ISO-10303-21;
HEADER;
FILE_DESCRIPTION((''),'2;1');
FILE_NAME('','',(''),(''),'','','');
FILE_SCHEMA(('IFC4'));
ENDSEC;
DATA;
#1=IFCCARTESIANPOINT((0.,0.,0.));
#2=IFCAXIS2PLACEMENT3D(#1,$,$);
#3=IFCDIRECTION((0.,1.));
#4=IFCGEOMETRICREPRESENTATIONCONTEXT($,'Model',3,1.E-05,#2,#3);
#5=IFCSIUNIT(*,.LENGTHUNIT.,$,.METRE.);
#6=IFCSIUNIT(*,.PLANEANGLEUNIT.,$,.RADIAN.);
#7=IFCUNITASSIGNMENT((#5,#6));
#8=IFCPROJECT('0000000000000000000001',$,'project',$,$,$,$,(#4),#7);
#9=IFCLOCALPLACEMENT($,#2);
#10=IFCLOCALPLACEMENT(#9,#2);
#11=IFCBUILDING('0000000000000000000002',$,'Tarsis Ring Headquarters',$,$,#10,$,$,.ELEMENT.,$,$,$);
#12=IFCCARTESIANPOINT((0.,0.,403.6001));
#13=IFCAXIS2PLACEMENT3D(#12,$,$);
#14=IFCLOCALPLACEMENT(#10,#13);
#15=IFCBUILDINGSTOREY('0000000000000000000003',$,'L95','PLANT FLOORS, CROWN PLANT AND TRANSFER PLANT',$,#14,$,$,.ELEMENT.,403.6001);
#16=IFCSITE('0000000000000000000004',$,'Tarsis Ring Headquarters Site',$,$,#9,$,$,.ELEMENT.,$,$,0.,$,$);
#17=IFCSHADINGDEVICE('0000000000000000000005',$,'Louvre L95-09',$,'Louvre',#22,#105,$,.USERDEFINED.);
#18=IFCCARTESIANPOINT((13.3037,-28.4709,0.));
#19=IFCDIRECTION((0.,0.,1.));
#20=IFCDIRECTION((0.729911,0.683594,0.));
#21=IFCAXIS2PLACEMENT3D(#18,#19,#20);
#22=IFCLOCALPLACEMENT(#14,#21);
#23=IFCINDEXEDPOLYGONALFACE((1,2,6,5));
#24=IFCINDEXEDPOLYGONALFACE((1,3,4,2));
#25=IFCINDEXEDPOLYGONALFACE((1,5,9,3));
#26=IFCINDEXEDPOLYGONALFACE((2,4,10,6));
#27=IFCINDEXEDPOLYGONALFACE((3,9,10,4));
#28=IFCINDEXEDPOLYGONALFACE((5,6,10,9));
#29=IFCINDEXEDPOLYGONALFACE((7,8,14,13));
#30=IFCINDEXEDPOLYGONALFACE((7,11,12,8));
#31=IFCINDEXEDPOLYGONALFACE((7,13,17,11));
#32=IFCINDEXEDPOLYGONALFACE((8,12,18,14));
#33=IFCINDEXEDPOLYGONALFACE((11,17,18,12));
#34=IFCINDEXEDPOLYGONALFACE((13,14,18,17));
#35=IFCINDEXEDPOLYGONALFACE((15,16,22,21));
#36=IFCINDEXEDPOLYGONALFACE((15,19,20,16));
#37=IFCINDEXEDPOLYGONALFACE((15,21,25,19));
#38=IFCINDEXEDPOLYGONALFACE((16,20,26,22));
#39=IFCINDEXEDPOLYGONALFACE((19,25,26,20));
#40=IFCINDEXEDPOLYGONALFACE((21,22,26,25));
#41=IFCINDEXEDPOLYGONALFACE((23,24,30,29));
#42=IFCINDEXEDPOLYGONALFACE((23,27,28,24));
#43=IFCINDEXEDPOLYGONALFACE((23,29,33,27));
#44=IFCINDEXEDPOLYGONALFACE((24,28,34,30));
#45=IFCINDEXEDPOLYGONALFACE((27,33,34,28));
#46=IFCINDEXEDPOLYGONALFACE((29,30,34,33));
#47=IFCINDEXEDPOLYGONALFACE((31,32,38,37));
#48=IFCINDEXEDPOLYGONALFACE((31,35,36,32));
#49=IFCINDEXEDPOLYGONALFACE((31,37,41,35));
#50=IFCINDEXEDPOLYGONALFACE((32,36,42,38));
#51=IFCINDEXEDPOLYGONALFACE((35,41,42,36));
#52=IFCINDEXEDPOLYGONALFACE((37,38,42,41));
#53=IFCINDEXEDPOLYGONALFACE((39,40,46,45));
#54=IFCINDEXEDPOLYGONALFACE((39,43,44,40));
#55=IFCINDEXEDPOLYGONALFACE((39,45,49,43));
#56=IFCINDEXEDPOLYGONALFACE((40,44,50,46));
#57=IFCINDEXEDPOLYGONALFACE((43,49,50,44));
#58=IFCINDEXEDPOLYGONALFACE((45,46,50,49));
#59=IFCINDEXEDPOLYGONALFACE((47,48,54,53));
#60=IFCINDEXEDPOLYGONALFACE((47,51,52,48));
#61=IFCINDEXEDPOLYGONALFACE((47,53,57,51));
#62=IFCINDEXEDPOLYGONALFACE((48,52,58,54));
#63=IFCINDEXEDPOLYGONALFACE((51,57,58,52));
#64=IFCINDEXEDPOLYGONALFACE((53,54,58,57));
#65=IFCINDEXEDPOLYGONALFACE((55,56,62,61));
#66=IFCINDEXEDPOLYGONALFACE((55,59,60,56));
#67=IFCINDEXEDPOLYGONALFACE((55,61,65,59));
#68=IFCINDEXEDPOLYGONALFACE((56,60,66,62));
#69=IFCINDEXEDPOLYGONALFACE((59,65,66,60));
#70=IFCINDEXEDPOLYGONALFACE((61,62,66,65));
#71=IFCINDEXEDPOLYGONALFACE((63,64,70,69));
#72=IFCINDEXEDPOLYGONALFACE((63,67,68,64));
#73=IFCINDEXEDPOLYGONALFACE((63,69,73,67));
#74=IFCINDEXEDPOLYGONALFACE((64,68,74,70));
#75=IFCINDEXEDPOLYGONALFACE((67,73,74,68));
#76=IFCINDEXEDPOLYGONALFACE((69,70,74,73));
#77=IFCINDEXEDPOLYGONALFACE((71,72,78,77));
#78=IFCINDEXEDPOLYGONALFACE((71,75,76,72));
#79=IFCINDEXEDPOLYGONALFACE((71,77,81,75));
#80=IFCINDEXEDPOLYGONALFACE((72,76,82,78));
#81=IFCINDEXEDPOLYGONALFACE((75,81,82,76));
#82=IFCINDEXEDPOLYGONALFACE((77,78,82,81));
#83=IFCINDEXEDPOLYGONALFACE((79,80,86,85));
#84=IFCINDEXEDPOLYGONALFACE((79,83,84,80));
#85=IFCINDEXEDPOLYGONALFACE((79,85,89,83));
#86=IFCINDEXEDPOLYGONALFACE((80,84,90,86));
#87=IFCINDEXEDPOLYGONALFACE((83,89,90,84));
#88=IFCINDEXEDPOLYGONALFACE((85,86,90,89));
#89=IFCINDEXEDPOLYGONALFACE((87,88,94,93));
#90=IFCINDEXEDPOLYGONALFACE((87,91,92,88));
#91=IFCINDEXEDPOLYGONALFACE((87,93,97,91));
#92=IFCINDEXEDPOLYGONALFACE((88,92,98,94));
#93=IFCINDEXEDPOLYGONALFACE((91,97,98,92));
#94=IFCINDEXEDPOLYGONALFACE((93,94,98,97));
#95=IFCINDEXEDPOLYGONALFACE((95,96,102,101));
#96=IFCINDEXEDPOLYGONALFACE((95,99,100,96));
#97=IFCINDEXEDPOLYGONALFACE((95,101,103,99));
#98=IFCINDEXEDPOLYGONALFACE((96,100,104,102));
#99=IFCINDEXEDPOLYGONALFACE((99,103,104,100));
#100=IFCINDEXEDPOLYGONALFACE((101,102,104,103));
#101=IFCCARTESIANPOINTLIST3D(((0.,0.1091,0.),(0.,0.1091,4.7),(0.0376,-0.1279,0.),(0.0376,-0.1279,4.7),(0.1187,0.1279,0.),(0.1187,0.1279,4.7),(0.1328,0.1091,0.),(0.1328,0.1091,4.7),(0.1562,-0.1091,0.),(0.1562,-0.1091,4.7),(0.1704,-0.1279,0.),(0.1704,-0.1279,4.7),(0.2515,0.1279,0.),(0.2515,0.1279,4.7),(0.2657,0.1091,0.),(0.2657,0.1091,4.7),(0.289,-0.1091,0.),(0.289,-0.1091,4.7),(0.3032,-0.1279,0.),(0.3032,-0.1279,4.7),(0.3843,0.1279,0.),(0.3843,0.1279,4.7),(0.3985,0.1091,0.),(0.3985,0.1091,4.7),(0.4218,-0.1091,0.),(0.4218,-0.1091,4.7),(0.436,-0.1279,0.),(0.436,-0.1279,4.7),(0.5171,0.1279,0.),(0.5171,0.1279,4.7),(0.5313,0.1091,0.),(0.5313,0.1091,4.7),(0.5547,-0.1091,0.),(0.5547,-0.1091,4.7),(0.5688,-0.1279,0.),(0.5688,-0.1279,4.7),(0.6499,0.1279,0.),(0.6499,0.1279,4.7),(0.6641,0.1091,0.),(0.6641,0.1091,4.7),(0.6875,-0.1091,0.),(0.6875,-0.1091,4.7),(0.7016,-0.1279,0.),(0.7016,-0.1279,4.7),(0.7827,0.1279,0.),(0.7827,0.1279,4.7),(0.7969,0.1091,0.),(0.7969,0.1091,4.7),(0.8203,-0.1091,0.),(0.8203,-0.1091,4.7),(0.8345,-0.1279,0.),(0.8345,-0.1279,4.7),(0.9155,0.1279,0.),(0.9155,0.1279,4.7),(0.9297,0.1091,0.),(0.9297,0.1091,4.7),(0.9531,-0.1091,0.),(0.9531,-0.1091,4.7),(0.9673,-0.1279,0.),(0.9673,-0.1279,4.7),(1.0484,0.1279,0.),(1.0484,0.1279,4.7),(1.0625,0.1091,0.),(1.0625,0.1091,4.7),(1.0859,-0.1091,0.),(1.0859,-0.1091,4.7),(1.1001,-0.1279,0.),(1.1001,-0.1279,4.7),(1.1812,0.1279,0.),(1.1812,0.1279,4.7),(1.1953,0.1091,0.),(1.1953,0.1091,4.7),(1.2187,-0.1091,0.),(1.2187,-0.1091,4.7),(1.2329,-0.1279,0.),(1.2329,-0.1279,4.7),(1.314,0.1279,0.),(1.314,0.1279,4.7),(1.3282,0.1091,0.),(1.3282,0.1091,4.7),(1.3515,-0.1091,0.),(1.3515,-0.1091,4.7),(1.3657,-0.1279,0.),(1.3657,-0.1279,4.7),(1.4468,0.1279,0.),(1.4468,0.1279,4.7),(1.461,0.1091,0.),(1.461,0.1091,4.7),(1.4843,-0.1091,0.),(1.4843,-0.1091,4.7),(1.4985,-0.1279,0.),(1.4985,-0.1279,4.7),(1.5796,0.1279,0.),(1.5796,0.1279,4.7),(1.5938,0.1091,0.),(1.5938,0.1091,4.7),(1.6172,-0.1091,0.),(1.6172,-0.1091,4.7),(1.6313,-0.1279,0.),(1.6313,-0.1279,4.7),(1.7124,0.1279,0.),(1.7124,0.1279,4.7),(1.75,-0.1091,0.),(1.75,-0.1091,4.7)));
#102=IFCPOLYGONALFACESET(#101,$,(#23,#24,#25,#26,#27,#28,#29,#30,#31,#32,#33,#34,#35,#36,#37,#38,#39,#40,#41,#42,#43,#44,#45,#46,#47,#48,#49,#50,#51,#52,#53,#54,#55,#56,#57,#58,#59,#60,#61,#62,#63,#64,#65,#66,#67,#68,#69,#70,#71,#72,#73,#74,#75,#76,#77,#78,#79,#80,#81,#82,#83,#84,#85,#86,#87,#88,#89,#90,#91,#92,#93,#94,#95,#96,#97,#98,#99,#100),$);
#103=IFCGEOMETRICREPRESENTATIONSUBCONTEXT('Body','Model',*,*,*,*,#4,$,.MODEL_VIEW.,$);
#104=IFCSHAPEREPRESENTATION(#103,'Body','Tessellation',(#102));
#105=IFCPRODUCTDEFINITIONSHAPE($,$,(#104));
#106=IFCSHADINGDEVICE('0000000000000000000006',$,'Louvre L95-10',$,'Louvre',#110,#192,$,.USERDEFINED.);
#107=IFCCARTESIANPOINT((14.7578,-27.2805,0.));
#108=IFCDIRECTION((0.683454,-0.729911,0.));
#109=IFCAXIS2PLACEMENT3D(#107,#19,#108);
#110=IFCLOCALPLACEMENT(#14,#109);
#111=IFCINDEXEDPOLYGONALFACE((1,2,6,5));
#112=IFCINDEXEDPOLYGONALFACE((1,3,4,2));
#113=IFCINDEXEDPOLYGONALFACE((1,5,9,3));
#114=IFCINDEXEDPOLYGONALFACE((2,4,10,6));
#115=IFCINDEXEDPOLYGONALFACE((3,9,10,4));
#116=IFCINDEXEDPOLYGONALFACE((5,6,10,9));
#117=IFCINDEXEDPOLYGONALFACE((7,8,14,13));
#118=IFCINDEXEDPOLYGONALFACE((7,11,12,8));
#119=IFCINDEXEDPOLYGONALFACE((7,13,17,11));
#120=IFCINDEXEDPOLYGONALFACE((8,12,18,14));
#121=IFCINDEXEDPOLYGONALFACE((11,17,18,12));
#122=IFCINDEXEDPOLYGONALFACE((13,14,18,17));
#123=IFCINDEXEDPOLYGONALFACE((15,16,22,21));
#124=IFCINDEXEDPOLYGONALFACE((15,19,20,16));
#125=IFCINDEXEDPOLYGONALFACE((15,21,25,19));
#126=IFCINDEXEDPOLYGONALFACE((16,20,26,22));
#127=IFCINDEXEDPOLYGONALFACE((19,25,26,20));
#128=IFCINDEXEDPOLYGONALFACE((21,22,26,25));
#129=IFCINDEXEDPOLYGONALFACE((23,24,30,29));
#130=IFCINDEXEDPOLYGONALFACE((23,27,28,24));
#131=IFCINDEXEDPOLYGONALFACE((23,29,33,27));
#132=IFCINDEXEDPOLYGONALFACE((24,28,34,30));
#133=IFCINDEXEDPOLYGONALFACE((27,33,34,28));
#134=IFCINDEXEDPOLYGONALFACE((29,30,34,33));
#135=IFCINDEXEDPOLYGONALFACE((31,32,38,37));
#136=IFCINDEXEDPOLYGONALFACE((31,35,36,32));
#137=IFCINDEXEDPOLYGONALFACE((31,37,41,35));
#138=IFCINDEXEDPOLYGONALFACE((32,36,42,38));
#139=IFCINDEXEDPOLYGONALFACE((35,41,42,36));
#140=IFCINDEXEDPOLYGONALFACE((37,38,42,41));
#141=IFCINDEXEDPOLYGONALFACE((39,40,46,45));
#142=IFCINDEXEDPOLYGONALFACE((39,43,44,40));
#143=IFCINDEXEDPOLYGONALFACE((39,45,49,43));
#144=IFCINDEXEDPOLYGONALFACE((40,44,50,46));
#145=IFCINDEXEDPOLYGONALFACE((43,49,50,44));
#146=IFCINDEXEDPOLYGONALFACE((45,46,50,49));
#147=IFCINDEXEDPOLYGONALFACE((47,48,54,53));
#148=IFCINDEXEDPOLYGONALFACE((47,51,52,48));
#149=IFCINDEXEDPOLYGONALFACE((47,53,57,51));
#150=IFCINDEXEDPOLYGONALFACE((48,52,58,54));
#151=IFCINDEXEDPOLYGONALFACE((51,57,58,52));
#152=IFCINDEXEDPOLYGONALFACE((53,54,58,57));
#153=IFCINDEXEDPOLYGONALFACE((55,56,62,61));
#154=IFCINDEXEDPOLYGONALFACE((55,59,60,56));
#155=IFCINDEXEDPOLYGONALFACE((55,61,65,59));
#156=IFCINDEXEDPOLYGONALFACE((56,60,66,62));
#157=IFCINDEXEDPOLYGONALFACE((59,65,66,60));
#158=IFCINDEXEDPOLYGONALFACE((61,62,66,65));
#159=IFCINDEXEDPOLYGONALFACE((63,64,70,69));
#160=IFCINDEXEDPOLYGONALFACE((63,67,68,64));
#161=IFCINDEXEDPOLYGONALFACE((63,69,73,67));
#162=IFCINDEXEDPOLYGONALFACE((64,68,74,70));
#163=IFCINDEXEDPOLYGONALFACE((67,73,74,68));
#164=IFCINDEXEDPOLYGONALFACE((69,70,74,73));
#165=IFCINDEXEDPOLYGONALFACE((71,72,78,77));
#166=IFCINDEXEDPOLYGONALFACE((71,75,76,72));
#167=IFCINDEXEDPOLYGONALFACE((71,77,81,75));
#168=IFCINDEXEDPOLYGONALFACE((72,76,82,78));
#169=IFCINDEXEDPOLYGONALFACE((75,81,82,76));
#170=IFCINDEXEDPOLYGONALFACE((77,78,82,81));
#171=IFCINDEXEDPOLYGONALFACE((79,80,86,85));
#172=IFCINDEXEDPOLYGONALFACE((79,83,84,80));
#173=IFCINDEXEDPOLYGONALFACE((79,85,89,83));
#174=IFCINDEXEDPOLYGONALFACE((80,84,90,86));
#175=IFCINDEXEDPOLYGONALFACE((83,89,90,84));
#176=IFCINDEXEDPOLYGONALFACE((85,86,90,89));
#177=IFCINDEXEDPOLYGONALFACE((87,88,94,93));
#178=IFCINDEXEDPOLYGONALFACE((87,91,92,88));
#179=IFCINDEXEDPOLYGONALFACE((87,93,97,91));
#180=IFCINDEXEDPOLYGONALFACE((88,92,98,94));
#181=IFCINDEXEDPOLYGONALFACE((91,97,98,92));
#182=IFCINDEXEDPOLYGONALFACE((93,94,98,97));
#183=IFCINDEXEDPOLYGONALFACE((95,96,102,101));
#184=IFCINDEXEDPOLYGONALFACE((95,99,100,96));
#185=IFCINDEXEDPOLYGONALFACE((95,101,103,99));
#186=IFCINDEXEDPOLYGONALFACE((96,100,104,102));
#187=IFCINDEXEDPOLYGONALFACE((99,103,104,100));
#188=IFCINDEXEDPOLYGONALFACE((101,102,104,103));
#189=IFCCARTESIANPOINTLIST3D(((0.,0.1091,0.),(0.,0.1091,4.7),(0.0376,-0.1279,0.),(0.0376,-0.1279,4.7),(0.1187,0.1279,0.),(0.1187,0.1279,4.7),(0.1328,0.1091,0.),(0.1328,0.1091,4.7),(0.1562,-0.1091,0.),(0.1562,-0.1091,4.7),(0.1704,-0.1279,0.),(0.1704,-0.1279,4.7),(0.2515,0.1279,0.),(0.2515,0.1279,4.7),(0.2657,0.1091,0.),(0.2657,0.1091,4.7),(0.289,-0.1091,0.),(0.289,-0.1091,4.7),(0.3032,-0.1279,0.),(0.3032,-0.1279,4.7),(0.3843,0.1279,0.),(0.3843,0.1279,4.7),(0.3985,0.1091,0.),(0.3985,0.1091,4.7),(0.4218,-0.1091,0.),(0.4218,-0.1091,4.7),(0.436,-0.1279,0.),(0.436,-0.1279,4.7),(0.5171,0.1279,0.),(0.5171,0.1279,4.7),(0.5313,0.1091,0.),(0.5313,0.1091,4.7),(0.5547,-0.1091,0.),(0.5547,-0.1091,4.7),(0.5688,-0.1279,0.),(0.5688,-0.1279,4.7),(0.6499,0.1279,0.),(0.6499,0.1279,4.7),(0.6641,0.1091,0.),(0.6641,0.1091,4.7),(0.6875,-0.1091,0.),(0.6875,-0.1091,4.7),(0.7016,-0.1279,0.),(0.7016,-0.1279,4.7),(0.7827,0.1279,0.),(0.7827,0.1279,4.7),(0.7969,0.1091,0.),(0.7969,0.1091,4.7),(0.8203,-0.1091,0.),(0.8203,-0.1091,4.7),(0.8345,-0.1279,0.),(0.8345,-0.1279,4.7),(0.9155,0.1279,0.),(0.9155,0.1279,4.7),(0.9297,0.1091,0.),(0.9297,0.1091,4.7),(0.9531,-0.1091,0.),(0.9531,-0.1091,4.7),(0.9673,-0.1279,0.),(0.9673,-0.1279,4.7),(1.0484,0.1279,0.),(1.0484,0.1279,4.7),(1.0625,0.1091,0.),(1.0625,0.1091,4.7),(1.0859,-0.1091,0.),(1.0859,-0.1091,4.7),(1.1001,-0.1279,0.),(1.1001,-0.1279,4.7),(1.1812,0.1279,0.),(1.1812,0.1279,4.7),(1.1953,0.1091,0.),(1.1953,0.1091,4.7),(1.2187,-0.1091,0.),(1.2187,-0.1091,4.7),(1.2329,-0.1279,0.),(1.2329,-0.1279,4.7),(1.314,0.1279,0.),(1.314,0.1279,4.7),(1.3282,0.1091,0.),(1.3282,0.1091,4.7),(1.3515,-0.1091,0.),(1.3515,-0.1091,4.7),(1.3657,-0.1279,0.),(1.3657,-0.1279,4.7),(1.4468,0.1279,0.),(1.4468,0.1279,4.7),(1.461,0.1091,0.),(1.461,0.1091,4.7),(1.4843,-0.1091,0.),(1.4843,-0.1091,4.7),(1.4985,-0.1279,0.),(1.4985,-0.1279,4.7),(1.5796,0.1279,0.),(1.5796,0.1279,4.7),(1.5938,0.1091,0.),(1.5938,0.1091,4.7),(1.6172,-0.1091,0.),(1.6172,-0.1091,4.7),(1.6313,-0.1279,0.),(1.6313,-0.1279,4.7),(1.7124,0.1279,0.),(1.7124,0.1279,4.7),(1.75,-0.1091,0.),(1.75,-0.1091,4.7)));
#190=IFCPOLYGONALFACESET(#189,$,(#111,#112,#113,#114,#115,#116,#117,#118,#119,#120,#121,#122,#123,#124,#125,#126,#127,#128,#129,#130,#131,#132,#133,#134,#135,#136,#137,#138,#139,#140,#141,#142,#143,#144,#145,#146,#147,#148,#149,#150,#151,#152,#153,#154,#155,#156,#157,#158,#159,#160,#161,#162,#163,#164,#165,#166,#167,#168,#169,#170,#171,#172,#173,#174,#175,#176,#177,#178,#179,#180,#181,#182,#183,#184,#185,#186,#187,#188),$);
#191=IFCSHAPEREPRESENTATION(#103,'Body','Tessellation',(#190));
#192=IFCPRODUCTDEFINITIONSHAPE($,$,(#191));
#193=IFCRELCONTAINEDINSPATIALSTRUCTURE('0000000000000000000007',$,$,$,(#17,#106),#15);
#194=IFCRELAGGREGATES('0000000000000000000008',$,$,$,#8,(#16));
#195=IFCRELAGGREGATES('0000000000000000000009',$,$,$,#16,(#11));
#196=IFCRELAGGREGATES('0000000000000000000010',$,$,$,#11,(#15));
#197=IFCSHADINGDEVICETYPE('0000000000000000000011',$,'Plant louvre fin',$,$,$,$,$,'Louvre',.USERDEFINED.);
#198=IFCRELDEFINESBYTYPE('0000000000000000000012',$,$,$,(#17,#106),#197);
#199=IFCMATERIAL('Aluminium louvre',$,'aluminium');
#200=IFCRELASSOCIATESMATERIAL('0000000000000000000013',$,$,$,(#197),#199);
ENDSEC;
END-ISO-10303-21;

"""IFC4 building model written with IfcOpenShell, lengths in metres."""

from ifc_helpers import new_model, si_unit, direction, frame, frame_2d, origin, place, context, subcontext, project, spatial, rectangle, composite_profile, extrude, material, type_object, element, save


model = new_model("IFC4")

# Units and contexts
model_context = context("Model", 3, precision=1e-05, world=origin(), true_north=direction((0.0, 1.0)))
body_context = subcontext(model_context, "Body", "Model", "MODEL_VIEW")
ifc_project = project(units=[si_unit("LENGTHUNIT", "METRE"), si_unit("PLANEANGLEUNIT", "RADIAN")], contexts=[model_context])

# Site, building, storey
site_placement = place(None, origin())
site = spatial("IfcSite", under=ifc_project, at=site_placement, Name="Tarsis Ring Headquarters Site", CompositionType="ELEMENT", RefElevation=0.0)
building_placement = place(site_placement, origin())
building = spatial("IfcBuilding", under=site, at=building_placement, Name="Tarsis Ring Headquarters", CompositionType="ELEMENT")
storey_placement = place(building_placement, frame((0.0, 0.0, 403.6001)))
storey = spatial("IfcBuildingStorey", under=building, at=storey_placement, Name="L95", Description="PLANT FLOORS, CROWN PLANT AND TRANSFER PLANT", CompositionType="ELEMENT", Elevation=403.6001)

# Shading devices
ifc_material_1 = material(Name="Aluminium louvre", Category="aluminium")
shading_device_type_1 = type_object("IfcShadingDeviceType", Name="Plant louvre fin", ElementType="Louvre", PredefinedType="USERDEFINED", material=ifc_material_1)
for number, where, z_axis, x_axis, name in (
    (1, (13.3037, -28.4709, 0.0), (0.0, 0.0, 1.0), (0.729911, 0.683594, 0.0), "Louvre L95-09"),
    (2, (14.7578, -27.2805, 0.0), (0.0, 0.0, 1.0), (0.683454, -0.729911, 0.0), "Louvre L95-10"),
):
    element("IfcShadingDevice", number, at=place(storey_placement, frame(where, z_axis=z_axis, x_axis=x_axis)), inside=storey, type_object=shading_device_type_1, Name=name, ObjectType="Louvre", PredefinedType="USERDEFINED", context=body_context, shape_type="SweptSolid", body=[
        extrude(composite_profile([rectangle(XDim=0.1201, YDim=0.24, at=frame_2d((0.0781, 0.0), x_axis=(0.987688, 0.156434))), rectangle(XDim=0.1201, YDim=0.24, at=frame_2d((0.2109, 0.0), x_axis=(0.987688, 0.156434))), rectangle(XDim=0.1201, YDim=0.24, at=frame_2d((0.3438, 0.0), x_axis=(0.987688, 0.156434))), rectangle(XDim=0.1201, YDim=0.24, at=frame_2d((0.4766, 0.0), x_axis=(0.987688, 0.156434))), rectangle(XDim=0.1201, YDim=0.24, at=frame_2d((0.6094, 0.0), x_axis=(0.987688, 0.156434))), rectangle(XDim=0.1201, YDim=0.24, at=frame_2d((0.7422, 0.0), x_axis=(0.987688, 0.156434))), rectangle(XDim=0.1201, YDim=0.24, at=frame_2d((0.875, 0.0), x_axis=(0.987688, 0.156434))), rectangle(XDim=0.1201, YDim=0.24, at=frame_2d((1.0078, 0.0), x_axis=(0.987688, 0.156434))), rectangle(XDim=0.1201, YDim=0.24, at=frame_2d((1.1406, 0.0), x_axis=(0.987688, 0.156434))), rectangle(XDim=0.1201, YDim=0.24, at=frame_2d((1.2734, 0.0), x_axis=(0.987688, 0.156434))), rectangle(XDim=0.1201, YDim=0.24, at=frame_2d((1.4062, 0.0), x_axis=(0.987688, 0.156434))), rectangle(XDim=0.1201, YDim=0.24, at=frame_2d((1.5391, 0.0), x_axis=(0.987688, 0.156434))), rectangle(XDim=0.1201, YDim=0.24, at=frame_2d((1.6719, 0.0), x_axis=(0.987688, 0.156434)))]), origin(), (0.0, 0.0, 1.0), 4.7),
    ])

save(model, "model.ifc")
